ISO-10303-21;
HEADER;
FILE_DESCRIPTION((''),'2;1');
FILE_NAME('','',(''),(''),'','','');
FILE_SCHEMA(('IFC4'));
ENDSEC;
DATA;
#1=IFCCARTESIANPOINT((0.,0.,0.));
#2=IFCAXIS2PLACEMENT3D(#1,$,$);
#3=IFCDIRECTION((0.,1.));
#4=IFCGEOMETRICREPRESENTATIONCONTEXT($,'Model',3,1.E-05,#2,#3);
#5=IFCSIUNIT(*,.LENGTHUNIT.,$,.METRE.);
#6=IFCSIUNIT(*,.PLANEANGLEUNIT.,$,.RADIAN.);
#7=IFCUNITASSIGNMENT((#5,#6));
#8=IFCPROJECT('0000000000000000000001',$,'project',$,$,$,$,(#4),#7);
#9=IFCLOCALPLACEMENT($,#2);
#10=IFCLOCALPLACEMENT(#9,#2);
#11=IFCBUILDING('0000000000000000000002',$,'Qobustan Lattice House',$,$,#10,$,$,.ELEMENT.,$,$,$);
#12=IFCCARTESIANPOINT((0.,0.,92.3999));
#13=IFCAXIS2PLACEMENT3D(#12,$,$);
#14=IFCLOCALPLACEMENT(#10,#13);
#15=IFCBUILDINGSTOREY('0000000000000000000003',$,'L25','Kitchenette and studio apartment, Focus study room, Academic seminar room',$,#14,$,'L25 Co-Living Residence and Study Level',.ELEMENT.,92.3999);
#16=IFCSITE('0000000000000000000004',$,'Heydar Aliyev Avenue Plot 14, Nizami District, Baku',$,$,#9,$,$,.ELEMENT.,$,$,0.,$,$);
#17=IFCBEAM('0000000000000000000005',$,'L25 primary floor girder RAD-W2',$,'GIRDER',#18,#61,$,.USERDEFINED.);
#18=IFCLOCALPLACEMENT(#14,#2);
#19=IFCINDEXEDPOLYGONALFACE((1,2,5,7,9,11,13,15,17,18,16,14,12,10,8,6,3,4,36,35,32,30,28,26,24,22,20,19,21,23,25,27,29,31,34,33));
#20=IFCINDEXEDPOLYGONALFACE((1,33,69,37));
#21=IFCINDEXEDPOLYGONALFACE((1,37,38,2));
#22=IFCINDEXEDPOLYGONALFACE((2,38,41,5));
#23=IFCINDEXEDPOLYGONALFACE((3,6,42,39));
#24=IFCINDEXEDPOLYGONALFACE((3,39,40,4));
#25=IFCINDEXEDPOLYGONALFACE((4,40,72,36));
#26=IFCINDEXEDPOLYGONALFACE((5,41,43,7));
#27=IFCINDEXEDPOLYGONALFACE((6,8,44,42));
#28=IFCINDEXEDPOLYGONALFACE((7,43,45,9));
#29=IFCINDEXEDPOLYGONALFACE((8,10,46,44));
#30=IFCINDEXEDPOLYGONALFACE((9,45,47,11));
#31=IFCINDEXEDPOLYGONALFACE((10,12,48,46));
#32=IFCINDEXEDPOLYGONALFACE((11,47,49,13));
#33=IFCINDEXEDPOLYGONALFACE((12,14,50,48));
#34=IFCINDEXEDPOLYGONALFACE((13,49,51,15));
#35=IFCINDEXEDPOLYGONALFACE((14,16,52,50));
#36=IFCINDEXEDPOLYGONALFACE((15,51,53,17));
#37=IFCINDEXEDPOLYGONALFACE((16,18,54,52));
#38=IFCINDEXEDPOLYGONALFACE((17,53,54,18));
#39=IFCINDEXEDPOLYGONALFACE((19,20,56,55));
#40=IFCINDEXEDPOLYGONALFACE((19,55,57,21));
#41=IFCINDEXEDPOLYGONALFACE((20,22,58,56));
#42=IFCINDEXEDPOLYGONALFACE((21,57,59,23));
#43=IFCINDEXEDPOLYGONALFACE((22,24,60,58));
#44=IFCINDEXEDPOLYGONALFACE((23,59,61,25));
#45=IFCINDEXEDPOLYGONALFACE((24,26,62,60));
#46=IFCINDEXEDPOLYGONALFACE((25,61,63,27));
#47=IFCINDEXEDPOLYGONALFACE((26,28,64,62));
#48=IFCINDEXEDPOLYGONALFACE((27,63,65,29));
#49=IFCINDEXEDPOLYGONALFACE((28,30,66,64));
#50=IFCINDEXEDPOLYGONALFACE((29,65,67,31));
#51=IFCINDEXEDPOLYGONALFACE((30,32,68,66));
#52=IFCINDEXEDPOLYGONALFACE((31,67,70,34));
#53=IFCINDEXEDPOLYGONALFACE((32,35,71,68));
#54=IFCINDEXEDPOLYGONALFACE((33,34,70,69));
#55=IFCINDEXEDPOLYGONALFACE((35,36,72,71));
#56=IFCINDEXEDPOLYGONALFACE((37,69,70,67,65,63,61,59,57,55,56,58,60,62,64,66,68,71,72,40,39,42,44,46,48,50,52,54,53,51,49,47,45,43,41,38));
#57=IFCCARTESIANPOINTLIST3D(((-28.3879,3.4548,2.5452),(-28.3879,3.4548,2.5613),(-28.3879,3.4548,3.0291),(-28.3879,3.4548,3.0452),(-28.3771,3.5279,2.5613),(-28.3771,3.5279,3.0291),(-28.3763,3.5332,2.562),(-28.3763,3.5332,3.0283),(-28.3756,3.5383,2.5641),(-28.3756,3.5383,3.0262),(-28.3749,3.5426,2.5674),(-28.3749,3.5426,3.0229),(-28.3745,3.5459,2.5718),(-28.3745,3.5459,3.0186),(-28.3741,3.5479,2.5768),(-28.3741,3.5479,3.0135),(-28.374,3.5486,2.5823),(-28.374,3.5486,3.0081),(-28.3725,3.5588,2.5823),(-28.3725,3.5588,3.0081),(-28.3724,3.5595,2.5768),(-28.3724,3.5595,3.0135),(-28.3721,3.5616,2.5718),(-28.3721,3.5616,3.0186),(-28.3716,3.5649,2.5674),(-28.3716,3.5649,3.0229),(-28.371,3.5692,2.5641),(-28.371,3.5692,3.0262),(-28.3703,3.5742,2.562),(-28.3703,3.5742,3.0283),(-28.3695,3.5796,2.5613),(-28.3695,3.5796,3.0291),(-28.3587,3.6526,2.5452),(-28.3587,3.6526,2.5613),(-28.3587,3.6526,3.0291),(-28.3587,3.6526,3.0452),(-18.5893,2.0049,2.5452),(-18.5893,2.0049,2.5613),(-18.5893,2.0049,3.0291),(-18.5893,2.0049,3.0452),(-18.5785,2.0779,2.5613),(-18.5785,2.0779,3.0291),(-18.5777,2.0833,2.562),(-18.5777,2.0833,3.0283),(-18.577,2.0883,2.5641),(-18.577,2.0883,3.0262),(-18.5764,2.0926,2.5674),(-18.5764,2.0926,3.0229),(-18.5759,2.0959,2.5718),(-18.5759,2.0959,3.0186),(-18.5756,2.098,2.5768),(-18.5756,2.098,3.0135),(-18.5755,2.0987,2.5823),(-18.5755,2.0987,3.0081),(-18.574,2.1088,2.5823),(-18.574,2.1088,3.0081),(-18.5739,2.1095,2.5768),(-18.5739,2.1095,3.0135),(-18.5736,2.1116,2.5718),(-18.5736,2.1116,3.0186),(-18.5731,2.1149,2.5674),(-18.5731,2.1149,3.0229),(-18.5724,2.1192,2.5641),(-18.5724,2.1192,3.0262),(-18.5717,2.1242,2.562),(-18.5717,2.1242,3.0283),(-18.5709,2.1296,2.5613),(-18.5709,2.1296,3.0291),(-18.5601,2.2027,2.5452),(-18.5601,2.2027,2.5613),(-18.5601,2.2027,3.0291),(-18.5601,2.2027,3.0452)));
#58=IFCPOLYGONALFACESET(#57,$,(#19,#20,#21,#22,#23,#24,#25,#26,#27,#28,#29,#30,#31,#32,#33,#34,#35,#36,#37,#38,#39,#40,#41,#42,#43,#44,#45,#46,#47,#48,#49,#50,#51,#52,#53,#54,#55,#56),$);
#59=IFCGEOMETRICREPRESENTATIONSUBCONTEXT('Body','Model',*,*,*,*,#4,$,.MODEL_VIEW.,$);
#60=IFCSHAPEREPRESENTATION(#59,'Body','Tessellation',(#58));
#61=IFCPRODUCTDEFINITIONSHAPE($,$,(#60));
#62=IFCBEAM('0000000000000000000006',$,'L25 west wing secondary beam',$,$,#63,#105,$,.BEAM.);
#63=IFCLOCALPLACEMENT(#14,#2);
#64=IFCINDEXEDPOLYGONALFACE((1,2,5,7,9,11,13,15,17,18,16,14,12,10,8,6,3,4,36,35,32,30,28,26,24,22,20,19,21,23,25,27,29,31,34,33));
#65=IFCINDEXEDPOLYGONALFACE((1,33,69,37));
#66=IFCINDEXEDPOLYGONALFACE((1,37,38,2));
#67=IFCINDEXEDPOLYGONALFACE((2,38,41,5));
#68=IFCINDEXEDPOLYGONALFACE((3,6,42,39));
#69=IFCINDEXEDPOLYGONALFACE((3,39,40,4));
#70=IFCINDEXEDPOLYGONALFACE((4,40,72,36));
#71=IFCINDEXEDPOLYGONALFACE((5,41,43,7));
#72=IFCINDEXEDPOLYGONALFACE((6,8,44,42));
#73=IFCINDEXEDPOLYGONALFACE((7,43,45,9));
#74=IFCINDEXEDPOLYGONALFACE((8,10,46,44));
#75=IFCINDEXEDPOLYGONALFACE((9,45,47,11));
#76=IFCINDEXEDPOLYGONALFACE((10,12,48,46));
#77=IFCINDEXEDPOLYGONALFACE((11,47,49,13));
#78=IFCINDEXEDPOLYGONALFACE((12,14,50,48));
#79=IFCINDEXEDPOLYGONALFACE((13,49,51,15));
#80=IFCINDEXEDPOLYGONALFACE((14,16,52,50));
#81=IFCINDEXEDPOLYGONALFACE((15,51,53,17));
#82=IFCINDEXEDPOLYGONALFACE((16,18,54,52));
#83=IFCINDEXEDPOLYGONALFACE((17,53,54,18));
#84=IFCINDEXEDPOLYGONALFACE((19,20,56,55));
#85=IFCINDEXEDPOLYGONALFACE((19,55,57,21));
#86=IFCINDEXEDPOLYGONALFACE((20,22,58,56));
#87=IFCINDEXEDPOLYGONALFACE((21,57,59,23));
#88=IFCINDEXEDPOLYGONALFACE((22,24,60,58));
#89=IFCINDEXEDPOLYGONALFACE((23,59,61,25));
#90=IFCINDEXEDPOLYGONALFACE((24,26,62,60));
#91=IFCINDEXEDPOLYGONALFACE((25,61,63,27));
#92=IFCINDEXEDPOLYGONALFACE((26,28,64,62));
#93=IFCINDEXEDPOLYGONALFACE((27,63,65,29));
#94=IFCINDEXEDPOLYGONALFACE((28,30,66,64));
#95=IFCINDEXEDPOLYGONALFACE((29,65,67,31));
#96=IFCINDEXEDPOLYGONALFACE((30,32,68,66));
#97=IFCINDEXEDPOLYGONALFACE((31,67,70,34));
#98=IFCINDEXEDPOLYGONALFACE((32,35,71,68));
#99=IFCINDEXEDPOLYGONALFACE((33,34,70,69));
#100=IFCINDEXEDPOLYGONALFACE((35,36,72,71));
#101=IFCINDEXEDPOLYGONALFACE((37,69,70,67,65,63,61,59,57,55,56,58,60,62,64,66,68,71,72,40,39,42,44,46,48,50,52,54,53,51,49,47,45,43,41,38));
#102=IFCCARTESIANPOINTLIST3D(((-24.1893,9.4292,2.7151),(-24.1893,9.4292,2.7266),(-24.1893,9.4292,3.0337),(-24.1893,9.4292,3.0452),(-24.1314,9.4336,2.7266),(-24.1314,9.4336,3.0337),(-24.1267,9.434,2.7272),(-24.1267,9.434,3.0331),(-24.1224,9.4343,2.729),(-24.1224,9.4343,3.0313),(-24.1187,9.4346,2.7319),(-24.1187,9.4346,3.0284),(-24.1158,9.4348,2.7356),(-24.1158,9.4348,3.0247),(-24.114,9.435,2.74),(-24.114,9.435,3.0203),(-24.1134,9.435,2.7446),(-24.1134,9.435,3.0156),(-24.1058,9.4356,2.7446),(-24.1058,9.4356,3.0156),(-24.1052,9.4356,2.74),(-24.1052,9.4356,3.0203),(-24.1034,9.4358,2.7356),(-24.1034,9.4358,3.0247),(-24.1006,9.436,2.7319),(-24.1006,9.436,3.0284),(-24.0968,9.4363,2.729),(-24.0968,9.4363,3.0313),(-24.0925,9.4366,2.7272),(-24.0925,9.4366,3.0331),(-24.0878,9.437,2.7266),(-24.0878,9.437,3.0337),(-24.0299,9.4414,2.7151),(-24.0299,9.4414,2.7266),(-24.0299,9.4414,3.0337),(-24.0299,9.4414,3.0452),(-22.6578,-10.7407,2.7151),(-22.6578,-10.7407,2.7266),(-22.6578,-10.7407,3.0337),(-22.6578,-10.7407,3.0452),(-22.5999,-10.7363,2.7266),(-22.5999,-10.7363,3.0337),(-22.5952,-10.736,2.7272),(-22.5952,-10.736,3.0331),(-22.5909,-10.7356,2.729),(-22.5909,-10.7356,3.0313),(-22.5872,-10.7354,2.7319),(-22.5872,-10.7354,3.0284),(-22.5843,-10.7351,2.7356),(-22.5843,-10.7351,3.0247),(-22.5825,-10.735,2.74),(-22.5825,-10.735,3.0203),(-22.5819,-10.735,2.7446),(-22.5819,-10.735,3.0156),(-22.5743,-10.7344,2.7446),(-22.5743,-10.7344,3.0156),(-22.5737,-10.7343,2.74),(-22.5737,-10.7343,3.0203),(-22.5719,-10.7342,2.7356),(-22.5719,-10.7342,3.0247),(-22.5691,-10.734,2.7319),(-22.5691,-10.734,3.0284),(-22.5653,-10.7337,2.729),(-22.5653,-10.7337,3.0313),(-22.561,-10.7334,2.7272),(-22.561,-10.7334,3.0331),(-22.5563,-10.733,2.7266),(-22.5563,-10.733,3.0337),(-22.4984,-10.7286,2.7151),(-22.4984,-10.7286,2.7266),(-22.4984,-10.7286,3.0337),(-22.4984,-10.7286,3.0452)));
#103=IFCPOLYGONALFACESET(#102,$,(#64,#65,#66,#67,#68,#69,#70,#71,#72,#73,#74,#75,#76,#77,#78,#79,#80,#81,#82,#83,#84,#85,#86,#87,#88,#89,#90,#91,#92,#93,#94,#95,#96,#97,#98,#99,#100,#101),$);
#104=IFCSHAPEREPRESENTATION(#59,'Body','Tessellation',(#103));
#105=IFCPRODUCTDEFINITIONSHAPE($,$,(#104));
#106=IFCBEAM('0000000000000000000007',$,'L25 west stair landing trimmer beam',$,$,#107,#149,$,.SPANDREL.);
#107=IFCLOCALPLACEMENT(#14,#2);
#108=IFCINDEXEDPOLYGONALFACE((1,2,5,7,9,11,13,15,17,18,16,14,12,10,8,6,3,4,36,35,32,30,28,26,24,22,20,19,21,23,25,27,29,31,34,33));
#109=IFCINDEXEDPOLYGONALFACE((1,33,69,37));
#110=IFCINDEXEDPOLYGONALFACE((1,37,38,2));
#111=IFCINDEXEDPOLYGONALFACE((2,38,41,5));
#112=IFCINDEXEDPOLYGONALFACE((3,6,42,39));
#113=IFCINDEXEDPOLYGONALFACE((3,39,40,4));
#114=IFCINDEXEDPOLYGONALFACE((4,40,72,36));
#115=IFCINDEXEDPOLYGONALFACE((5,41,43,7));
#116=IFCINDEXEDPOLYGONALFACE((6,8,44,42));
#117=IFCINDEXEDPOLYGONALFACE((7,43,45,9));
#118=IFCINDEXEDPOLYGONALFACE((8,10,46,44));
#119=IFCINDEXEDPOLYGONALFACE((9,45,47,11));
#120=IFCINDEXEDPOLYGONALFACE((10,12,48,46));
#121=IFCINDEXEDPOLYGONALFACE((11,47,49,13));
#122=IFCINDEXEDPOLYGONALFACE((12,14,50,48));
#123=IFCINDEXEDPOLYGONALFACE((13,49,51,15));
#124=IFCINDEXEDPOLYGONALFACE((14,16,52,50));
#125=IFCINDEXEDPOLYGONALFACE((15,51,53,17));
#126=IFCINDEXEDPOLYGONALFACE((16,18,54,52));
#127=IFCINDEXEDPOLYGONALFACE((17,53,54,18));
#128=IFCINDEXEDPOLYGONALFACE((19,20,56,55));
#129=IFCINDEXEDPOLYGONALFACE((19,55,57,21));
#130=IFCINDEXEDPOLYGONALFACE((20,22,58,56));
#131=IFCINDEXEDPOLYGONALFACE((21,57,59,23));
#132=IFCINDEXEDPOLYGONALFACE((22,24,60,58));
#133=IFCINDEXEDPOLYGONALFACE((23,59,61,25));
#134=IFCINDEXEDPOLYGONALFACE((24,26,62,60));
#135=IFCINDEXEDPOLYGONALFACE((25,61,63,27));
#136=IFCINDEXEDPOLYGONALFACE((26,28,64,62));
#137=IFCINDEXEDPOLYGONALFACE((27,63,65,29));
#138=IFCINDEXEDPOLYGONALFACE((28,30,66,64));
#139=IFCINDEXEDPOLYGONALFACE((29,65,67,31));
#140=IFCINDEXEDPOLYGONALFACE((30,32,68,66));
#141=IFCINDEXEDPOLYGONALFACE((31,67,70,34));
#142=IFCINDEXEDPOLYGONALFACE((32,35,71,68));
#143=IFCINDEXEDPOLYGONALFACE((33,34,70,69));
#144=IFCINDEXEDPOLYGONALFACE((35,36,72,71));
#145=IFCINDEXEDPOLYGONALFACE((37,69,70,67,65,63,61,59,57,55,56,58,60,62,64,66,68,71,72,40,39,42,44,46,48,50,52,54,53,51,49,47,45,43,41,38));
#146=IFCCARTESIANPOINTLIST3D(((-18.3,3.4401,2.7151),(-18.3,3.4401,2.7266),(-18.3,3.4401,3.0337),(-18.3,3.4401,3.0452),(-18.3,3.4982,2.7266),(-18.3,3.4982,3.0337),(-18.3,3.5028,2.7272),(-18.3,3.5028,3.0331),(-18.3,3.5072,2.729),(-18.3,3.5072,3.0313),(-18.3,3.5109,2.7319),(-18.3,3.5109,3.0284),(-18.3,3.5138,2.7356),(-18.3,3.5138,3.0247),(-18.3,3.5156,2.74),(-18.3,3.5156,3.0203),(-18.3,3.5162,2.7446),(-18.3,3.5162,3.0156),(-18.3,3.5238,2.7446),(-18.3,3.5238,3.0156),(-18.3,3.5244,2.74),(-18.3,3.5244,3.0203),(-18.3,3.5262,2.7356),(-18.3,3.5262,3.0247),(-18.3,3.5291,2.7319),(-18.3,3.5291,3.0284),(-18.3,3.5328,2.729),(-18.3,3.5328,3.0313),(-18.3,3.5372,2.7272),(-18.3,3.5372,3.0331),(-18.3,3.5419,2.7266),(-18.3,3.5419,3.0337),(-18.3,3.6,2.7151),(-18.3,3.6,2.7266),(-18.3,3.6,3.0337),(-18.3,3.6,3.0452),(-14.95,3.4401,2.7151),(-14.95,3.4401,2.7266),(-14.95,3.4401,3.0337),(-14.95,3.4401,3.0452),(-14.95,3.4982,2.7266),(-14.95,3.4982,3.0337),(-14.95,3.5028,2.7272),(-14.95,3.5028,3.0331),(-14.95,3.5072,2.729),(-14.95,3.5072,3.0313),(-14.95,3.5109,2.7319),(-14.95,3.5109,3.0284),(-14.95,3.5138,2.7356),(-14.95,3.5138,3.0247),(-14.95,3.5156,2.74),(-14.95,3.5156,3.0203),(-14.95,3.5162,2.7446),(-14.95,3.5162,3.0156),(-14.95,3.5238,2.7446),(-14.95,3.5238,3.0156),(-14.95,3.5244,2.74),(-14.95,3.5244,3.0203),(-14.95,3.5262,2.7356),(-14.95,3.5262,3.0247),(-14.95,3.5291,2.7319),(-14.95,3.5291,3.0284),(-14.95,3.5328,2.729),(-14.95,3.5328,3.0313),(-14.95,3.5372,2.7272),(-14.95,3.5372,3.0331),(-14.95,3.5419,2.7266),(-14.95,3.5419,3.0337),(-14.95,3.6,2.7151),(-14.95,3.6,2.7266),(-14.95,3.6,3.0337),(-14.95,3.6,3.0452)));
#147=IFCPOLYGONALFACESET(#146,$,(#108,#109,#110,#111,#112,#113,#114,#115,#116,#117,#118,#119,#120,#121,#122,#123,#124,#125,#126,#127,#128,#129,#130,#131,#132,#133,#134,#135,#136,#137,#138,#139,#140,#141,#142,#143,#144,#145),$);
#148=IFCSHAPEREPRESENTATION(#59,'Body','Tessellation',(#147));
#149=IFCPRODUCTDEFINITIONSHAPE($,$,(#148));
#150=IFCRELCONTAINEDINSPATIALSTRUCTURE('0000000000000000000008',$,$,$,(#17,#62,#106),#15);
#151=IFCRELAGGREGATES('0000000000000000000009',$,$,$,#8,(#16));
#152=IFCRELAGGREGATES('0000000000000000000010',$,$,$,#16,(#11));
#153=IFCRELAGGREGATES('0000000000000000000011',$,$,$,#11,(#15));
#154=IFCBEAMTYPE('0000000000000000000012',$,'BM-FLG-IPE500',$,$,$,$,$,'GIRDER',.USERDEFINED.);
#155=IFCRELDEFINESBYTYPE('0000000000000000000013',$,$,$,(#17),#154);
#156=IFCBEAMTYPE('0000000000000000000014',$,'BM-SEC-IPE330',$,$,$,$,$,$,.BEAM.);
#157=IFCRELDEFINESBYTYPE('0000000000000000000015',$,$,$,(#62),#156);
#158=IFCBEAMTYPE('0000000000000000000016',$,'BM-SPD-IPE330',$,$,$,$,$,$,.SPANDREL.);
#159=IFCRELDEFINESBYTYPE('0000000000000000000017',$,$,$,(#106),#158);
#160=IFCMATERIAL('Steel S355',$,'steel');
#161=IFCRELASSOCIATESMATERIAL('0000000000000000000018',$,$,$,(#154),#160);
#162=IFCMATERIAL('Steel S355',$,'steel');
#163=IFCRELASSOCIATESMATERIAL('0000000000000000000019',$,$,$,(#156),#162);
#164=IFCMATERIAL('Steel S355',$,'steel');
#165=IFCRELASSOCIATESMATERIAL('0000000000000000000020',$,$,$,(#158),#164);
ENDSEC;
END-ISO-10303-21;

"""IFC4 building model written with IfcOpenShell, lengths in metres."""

from ifc_helpers import new_model, si_unit, direction, frame, origin, origin_2d, place, context, subcontext, project, spatial, i_section, extrude, material, material_profile, profile_set, type_object, element, save


model = new_model("IFC4")

# Units and contexts
model_context = context("Model", 3, precision=1e-05, world=origin(), true_north=direction((0.0, 1.0)))
body_context = subcontext(model_context, "Body", "Model", "MODEL_VIEW")
ifc_project = project(units=[si_unit("LENGTHUNIT", "METRE"), si_unit("PLANEANGLEUNIT", "RADIAN")], contexts=[model_context])

# Site, building, storey
site_placement = place(None, origin())
site = spatial("IfcSite", under=ifc_project, at=site_placement, Name="Heydar Aliyev Avenue Plot 14, Nizami District, Baku", CompositionType="ELEMENT", RefElevation=0.0)
building_placement = place(site_placement, origin())
building = spatial("IfcBuilding", under=site, at=building_placement, Name="Qobustan Lattice House", CompositionType="ELEMENT")
storey_placement = place(building_placement, frame((0.0, 0.0, 92.3999)))
storey = spatial("IfcBuildingStorey", under=building, at=storey_placement, Name="L25", Description="Kitchenette and studio apartment, Focus study room, Academic seminar room", LongName="L25 Co-Living Residence and Study Level", CompositionType="ELEMENT", Elevation=92.3999)

# Beams
ifc_material_1 = material(Name="Steel S355", Category="steel")
ifc_material_profile_1 = material_profile(ifc_material_1, i_section(OverallWidth=0.2, OverallDepth=0.5, WebThickness=0.0103, FlangeThickness=0.0161, FilletRadius=0.021, at=origin_2d()), Name="IPE500")
ifc_profile_set_1 = profile_set([ifc_material_profile_1], Name="Steel S355")
beam_type_1 = type_object("IfcBeamType", Name="BM-FLG-IPE500", ElementType="GIRDER", PredefinedType="USERDEFINED", material=ifc_profile_set_1)
beam_1_placement = place(storey_placement, frame((-28.3733, 3.5537, 2.7952), z_axis=(0.989228, -0.146382, 0.0), x_axis=(0.146382, 0.989228, 0.0)))
element("IfcBeam", 1, at=beam_1_placement, inside=storey, type_object=beam_type_1, Name="L25 primary floor girder RAD-W2", ObjectType="GIRDER", PredefinedType="USERDEFINED", context=body_context, shape_type="SweptSolid", body=[
    extrude(i_section(OverallWidth=0.2, OverallDepth=0.5, WebThickness=0.0103, FlangeThickness=0.0161, FilletRadius=0.021, at=origin_2d()), origin(), (0.0, 0.0, 1.0), 9.9053),
])
ifc_material_2 = material(Name="Steel S355", Category="steel")
ifc_material_profile_2 = material_profile(ifc_material_2, i_section(OverallWidth=0.1599, OverallDepth=0.3301, WebThickness=0.0076, FlangeThickness=0.0115, FilletRadius=0.0181, at=origin_2d()), Name="IPE330")
ifc_profile_set_2 = profile_set([ifc_material_profile_2], Name="Steel S355")
beam_type_2 = type_object("IfcBeamType", Name="BM-SEC-IPE330", PredefinedType="BEAM", material=ifc_profile_set_2)
beam_2_placement = place(storey_placement, frame((-24.1096, 9.4353, 2.8801), z_axis=(0.075712, -0.99713, 0.0), x_axis=(0.99713, 0.075712, 0.0)))
element("IfcBeam", 2, at=beam_2_placement, inside=storey, type_object=beam_type_2, Name="L25 west wing secondary beam", PredefinedType="BEAM", context=body_context, shape_type="SweptSolid", body=[
    extrude(i_section(OverallWidth=0.1599, OverallDepth=0.3301, WebThickness=0.0076, FlangeThickness=0.0115, FilletRadius=0.0181, at=origin_2d()), origin(), (0.0, 0.0, 1.0), 20.228),
])
ifc_material_3 = material(Name="Steel S355", Category="steel")
ifc_material_profile_3 = material_profile(ifc_material_3, i_section(OverallWidth=0.1599, OverallDepth=0.3301, WebThickness=0.0076, FlangeThickness=0.0115, FilletRadius=0.0181, at=origin_2d()), Name="IPE330")
ifc_profile_set_3 = profile_set([ifc_material_profile_3], Name="Steel S355")
beam_type_3 = type_object("IfcBeamType", Name="BM-SPD-IPE330", PredefinedType="SPANDREL", material=ifc_profile_set_3)
beam_3_placement = place(storey_placement, frame((-18.3, 3.52, 2.8801), z_axis=(1.0, 0.0, 0.0), x_axis=(0.0, 1.0, 0.0)))
element("IfcBeam", 3, at=beam_3_placement, inside=storey, type_object=beam_type_3, Name="L25 west stair landing trimmer beam", PredefinedType="SPANDREL", context=body_context, shape_type="SweptSolid", body=[
    extrude(i_section(OverallWidth=0.1599, OverallDepth=0.3301, WebThickness=0.0076, FlangeThickness=0.0115, FilletRadius=0.0181, at=origin_2d()), origin(), (0.0, 0.0, 1.0), 3.3501),
])

save(model, "model.ifc")
